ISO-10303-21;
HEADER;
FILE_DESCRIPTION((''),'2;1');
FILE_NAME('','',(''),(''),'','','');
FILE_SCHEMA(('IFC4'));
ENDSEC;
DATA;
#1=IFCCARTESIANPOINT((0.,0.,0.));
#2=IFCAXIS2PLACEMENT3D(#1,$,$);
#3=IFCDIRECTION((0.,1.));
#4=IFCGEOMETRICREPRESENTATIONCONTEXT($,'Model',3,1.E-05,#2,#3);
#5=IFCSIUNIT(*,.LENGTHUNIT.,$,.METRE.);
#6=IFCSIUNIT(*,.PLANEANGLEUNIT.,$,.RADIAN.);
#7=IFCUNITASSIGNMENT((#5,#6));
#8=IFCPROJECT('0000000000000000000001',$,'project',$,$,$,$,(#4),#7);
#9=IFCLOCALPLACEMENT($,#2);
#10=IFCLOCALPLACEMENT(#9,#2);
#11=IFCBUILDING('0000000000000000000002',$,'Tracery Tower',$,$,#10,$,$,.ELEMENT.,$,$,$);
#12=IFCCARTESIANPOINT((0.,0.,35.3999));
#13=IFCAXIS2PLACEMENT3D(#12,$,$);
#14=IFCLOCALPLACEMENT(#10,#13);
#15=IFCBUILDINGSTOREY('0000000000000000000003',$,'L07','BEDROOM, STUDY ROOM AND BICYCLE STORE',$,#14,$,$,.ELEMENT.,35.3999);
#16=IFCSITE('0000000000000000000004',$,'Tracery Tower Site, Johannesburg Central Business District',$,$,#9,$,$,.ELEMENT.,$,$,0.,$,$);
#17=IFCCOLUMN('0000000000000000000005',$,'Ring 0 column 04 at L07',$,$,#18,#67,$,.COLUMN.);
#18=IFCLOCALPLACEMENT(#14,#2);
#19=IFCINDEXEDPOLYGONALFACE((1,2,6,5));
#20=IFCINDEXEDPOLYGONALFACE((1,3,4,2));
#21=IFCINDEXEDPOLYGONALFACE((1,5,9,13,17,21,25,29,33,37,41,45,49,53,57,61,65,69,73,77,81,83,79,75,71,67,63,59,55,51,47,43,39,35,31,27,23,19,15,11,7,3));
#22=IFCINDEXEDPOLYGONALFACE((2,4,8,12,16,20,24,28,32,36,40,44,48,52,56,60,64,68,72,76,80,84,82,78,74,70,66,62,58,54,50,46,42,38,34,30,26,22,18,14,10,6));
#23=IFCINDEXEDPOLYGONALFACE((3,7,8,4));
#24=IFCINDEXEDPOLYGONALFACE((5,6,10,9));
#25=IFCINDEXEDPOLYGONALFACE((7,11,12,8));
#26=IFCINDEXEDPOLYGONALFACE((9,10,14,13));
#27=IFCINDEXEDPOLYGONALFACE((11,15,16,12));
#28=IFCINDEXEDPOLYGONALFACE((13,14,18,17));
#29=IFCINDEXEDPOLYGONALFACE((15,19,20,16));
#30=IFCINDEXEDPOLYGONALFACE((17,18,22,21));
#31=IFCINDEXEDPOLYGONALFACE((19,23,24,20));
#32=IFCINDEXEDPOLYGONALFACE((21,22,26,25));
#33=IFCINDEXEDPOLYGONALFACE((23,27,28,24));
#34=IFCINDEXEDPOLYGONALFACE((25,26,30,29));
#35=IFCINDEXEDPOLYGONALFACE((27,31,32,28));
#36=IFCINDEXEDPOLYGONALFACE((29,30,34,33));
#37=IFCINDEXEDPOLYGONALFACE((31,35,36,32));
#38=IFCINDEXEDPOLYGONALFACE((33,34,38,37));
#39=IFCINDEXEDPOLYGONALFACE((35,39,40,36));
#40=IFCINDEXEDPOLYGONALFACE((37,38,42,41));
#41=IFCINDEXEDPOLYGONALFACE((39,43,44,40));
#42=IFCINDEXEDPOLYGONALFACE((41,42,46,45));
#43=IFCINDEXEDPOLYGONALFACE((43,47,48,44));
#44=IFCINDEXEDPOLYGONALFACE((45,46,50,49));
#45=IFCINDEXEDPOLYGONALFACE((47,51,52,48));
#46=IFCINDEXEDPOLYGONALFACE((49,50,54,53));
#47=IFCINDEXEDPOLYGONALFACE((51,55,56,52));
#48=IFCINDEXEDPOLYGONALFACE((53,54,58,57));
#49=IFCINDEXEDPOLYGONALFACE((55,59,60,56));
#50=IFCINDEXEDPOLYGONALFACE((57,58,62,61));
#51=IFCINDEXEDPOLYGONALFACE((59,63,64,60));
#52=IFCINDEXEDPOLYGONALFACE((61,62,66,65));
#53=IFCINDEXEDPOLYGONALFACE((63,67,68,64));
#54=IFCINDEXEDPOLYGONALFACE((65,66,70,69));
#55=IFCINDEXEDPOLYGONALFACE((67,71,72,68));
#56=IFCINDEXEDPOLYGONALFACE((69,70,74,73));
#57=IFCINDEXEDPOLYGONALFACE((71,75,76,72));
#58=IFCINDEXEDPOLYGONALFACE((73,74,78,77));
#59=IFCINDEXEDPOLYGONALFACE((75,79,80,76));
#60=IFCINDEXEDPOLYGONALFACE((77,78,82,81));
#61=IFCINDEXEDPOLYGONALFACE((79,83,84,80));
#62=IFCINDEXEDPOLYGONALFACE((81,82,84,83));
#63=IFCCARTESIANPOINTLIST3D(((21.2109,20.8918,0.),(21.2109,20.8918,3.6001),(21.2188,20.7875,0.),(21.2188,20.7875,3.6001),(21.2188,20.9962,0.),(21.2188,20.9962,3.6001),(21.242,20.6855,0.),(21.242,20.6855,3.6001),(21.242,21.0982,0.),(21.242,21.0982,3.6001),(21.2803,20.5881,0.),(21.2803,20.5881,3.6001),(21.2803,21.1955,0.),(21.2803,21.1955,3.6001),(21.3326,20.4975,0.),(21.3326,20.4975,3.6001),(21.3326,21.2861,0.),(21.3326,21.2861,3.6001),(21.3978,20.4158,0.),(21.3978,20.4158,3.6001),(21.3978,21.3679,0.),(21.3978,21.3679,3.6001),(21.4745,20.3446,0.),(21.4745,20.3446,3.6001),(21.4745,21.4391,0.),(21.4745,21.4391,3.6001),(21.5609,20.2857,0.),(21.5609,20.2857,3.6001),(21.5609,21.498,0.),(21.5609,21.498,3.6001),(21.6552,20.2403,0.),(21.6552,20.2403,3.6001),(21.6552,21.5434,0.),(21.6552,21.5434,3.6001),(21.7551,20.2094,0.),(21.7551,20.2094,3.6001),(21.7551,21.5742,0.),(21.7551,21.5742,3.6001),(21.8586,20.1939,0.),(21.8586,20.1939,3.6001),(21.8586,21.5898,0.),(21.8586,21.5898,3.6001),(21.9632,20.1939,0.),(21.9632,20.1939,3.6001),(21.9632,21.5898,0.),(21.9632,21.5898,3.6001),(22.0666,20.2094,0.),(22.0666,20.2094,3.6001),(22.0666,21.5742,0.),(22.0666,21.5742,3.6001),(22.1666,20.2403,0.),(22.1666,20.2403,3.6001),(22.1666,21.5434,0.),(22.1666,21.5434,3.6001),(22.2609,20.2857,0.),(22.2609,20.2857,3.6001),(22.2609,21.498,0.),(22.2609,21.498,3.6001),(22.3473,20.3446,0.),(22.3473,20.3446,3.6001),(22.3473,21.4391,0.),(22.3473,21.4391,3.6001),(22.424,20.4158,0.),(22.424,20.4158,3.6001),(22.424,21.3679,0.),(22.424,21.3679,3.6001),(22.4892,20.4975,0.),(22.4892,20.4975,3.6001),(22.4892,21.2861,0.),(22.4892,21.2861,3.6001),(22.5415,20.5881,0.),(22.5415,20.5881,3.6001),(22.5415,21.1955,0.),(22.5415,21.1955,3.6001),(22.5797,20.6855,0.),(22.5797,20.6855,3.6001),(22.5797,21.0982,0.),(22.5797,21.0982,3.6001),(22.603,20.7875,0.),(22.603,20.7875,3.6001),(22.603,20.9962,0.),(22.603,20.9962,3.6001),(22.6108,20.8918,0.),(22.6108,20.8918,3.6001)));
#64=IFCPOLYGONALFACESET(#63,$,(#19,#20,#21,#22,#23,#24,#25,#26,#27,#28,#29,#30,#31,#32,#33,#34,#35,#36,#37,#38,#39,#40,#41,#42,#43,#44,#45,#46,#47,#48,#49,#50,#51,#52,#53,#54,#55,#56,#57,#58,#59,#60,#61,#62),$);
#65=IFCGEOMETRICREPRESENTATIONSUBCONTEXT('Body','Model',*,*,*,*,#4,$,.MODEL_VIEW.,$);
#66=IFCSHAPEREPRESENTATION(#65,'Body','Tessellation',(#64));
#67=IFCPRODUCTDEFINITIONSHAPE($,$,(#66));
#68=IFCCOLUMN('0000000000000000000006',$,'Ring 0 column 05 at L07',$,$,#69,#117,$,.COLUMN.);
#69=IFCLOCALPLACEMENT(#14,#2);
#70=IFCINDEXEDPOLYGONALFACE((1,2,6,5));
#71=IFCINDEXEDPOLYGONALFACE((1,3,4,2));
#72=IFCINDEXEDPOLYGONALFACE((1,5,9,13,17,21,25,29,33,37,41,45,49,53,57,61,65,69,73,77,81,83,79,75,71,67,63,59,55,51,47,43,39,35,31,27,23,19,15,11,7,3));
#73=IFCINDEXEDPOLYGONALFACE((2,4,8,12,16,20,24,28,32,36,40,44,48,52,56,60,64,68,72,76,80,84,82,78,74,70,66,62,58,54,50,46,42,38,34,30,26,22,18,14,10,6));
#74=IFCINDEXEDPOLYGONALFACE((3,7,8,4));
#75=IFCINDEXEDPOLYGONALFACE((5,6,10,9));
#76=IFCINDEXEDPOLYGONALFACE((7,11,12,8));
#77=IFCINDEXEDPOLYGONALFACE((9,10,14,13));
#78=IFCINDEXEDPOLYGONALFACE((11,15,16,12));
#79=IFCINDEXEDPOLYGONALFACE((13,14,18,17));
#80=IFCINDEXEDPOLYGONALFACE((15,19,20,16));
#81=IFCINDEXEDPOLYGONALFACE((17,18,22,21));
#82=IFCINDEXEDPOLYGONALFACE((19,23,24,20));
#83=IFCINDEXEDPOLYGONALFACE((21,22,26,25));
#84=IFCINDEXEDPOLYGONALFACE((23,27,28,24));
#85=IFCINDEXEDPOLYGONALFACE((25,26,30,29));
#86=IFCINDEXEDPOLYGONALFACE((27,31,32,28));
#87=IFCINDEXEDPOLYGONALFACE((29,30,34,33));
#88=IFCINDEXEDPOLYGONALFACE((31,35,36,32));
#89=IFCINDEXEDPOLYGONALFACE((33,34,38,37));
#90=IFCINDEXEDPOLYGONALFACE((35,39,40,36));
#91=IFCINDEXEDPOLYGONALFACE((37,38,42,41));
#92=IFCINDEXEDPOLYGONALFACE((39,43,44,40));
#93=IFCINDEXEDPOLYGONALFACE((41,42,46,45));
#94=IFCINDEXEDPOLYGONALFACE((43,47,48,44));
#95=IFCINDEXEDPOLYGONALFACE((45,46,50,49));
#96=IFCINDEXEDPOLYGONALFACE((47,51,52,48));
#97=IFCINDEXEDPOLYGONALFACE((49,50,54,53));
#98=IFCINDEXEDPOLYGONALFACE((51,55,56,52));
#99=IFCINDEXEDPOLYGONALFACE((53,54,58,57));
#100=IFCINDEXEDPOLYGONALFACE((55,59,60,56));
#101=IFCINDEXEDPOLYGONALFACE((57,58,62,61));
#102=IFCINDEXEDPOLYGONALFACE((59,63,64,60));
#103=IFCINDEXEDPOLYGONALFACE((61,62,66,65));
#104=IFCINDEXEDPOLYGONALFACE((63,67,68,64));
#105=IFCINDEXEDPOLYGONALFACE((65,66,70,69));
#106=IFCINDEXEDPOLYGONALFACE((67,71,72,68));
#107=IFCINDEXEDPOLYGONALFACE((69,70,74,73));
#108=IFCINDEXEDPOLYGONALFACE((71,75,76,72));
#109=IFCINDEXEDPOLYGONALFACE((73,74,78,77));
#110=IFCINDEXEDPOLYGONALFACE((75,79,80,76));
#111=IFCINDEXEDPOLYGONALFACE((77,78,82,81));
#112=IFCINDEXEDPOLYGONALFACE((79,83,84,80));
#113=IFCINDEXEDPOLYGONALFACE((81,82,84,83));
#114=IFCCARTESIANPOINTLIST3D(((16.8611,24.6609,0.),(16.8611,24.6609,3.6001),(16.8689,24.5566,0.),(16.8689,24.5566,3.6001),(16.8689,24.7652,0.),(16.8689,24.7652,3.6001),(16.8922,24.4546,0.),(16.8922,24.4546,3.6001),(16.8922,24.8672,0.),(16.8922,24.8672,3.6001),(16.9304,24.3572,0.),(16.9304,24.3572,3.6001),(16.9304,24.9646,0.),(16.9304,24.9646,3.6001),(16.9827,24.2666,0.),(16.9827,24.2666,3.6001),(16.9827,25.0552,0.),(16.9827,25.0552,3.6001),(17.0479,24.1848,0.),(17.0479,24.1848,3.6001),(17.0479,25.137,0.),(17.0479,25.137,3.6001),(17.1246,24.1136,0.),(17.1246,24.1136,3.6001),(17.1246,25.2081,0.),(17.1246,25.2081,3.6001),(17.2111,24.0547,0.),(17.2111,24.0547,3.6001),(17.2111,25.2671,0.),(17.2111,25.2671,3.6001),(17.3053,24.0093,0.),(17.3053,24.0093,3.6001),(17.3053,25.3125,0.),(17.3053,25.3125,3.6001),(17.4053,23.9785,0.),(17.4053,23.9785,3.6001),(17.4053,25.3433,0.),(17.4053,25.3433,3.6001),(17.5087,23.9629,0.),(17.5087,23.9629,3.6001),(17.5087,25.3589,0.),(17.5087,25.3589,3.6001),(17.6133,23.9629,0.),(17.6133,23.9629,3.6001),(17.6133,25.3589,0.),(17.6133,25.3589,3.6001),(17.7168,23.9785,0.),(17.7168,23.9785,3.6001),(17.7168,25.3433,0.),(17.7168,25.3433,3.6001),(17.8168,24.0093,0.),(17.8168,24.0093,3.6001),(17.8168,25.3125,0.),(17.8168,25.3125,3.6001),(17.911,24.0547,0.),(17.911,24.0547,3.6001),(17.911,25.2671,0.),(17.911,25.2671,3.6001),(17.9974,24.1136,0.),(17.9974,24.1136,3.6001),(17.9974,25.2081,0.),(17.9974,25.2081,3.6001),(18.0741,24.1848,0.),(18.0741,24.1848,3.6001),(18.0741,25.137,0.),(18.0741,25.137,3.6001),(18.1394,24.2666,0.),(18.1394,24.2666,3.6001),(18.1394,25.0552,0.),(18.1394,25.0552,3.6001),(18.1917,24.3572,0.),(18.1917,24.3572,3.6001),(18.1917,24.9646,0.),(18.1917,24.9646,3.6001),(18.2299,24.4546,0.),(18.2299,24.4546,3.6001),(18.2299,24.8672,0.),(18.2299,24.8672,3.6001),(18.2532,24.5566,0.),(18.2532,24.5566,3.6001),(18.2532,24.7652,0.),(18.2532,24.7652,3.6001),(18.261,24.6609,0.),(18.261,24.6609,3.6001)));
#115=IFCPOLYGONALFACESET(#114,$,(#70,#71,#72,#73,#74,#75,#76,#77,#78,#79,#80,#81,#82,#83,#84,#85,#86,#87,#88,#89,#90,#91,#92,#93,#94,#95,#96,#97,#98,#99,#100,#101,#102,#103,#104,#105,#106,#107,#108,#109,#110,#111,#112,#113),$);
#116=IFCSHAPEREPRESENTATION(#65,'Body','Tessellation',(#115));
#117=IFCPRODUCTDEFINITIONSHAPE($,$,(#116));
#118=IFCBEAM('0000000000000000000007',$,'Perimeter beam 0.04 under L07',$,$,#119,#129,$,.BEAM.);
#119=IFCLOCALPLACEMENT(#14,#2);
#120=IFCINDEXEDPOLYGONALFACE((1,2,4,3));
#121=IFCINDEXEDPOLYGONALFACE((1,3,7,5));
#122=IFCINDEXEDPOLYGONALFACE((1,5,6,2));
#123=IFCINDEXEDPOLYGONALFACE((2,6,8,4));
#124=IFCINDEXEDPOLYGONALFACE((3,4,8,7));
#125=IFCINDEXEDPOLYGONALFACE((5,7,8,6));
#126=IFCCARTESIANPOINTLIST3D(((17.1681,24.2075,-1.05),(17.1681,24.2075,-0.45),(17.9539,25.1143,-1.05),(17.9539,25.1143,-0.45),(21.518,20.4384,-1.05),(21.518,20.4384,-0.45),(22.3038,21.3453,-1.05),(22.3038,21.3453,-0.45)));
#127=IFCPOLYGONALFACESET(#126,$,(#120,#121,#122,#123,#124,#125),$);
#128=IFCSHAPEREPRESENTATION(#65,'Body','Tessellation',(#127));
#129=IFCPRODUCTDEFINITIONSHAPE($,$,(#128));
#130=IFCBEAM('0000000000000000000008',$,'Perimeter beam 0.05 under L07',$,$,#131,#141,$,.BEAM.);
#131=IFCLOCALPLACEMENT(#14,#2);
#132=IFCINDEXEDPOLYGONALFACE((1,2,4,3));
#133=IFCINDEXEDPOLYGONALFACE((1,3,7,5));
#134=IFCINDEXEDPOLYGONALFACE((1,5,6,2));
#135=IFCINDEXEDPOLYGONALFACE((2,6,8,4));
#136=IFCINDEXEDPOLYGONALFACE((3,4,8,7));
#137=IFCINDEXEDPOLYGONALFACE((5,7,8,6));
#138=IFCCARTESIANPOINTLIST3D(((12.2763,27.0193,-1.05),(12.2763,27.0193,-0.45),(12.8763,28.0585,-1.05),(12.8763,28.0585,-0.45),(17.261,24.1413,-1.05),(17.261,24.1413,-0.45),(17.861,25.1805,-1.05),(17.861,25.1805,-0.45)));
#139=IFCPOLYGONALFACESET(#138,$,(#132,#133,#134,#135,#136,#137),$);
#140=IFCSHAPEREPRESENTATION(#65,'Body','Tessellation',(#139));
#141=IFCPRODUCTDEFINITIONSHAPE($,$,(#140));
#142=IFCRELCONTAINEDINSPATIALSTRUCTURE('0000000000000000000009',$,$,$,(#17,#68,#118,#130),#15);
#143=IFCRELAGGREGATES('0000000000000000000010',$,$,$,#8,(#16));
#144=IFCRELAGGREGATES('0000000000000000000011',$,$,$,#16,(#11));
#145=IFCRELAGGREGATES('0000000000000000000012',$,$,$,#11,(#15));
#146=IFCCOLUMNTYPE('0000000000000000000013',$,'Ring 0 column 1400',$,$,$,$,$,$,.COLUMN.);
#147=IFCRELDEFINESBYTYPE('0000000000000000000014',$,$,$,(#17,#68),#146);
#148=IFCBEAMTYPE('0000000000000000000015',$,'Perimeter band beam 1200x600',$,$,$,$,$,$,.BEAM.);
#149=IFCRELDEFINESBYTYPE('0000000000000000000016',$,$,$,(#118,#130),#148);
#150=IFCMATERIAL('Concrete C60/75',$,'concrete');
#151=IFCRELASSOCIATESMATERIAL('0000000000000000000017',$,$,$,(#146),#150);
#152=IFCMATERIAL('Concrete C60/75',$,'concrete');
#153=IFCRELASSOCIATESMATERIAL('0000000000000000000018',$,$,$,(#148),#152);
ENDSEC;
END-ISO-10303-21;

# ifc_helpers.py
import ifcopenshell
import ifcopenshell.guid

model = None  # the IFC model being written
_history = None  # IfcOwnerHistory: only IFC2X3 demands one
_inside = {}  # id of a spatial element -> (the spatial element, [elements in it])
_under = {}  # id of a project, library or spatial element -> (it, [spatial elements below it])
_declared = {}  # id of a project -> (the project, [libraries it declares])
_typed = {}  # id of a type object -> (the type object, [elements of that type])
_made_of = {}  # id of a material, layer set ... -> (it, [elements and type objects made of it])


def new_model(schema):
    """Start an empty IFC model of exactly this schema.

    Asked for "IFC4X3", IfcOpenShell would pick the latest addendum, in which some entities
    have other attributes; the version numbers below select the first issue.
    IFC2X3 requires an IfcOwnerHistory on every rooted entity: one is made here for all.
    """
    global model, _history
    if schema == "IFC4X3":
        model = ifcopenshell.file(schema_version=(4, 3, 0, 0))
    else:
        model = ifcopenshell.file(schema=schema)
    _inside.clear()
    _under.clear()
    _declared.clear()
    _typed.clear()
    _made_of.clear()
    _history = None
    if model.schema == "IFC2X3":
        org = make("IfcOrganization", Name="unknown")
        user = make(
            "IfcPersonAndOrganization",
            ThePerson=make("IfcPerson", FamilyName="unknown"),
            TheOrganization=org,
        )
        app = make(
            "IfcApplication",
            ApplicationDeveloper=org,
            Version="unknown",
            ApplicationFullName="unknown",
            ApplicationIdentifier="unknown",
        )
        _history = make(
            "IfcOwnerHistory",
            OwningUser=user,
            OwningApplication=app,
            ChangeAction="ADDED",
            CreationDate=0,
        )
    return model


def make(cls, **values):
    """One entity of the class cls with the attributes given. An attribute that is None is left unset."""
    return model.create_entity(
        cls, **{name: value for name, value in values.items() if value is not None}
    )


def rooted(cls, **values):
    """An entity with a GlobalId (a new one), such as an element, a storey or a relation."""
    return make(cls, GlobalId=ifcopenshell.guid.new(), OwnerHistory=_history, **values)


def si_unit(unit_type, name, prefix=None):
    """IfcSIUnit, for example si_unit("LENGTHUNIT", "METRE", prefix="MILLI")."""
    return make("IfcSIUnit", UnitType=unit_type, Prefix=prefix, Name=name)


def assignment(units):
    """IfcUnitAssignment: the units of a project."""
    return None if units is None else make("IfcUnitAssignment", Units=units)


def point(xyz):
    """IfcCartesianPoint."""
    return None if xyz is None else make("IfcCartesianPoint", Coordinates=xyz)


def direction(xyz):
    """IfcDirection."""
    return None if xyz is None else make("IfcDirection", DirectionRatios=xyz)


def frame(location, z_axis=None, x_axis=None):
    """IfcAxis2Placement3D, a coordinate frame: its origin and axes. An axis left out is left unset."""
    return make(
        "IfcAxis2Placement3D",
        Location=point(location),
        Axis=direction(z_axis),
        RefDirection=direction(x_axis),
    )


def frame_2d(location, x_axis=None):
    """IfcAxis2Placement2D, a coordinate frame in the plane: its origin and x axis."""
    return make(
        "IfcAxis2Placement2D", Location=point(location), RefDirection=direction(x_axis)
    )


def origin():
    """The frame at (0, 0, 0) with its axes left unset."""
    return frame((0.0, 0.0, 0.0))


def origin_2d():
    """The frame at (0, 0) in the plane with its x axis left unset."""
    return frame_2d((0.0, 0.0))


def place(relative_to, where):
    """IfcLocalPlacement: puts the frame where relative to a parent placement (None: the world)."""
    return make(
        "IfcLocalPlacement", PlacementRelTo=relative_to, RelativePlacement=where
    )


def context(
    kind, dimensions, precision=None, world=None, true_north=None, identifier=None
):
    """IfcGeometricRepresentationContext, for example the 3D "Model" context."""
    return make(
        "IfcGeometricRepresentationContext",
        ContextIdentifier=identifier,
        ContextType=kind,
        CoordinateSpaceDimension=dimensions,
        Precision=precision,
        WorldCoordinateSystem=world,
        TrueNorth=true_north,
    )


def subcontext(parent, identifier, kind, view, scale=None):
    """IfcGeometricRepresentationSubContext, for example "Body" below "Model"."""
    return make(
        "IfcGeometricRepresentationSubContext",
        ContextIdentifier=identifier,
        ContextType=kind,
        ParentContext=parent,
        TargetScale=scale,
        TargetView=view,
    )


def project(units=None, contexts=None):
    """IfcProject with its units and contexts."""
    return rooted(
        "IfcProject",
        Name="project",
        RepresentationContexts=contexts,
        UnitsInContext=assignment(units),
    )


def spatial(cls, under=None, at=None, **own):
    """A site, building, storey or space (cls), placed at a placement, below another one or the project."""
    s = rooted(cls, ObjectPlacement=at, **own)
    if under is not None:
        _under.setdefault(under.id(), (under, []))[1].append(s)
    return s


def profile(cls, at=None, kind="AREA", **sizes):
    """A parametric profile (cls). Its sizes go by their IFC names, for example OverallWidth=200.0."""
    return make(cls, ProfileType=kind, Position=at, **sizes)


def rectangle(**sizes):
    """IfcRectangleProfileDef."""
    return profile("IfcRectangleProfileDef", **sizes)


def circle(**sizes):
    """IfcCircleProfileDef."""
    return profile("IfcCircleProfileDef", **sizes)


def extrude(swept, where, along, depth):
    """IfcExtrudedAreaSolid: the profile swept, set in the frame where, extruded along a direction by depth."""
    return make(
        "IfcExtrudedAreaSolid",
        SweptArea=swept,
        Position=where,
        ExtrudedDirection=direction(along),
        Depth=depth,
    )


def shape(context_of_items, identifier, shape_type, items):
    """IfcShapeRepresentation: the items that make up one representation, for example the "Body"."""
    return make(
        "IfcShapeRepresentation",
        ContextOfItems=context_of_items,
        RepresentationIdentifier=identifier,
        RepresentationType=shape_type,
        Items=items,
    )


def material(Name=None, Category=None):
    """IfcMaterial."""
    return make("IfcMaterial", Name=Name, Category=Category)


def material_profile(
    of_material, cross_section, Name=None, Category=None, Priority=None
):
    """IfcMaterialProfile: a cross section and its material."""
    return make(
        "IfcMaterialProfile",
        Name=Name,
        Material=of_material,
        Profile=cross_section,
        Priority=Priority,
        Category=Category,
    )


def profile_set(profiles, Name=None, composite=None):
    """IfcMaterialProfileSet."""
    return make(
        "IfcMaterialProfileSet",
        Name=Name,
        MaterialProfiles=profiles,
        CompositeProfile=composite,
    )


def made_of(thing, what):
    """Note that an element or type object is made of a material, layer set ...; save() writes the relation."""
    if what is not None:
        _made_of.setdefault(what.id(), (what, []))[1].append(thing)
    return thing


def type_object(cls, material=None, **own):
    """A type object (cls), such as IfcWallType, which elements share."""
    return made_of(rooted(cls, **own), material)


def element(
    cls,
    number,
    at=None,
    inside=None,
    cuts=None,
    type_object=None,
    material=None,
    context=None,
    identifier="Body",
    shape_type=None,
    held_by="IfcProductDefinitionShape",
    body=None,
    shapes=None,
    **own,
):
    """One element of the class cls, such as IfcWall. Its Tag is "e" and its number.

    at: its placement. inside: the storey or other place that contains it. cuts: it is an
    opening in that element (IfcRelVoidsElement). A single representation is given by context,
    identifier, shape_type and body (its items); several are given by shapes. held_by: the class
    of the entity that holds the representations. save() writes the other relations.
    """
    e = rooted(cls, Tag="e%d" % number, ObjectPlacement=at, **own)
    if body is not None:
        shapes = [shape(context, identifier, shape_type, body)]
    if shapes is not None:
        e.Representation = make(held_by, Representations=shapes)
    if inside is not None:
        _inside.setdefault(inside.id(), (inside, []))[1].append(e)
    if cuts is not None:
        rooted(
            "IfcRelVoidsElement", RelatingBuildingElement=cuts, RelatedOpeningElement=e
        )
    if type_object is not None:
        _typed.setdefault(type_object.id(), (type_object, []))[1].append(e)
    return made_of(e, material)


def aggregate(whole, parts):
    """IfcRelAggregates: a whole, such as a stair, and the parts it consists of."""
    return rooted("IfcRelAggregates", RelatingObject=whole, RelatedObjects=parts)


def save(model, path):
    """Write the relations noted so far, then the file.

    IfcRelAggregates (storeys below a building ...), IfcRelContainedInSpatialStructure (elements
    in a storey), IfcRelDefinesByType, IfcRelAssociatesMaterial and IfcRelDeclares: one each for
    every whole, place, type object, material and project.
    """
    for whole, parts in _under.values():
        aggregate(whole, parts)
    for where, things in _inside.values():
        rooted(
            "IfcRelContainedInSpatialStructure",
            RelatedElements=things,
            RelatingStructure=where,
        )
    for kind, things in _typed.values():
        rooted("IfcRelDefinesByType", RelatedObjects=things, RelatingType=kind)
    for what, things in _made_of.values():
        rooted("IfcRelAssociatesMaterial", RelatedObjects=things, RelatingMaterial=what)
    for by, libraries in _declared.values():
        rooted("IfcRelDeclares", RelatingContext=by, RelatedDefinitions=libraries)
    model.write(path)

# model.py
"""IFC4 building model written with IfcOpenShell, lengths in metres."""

from ifc_helpers import new_model, si_unit, direction, frame, origin, origin_2d, place, context, subcontext, project, spatial, rectangle, circle, extrude, material, material_profile, profile_set, type_object, element, save


model = new_model("IFC4")

# Units and contexts
model_context = context("Model", 3, precision=1e-05, world=origin(), true_north=direction((0.0, 1.0)))
body_context = subcontext(model_context, "Body", "Model", "MODEL_VIEW")
ifc_project = project(units=[si_unit("LENGTHUNIT", "METRE"), si_unit("PLANEANGLEUNIT", "RADIAN")], contexts=[model_context])

# Site, building, storey
site_placement = place(None, origin())
site = spatial("IfcSite", under=ifc_project, at=site_placement, Name="Tracery Tower Site, Johannesburg Central Business District", CompositionType="ELEMENT", RefElevation=0.0)
building_placement = place(site_placement, origin())
building = spatial("IfcBuilding", under=site, at=building_placement, Name="Tracery Tower", CompositionType="ELEMENT")
storey_placement = place(building_placement, frame((0.0, 0.0, 35.3999)))
storey = spatial("IfcBuildingStorey", under=building, at=storey_placement, Name="L07", Description="BEDROOM, STUDY ROOM AND BICYCLE STORE", CompositionType="ELEMENT", Elevation=35.3999)

# Columns
ifc_material_1 = material(Name="Concrete C60/75", Category="concrete")
ifc_material_profile_1 = material_profile(ifc_material_1, circle(Radius=0.7, at=origin_2d()), Name="RC D1400")
ifc_profile_set_1 = profile_set([ifc_material_profile_1], Name="Concrete C60/75")
column_type = type_object("IfcColumnType", Name="Ring 0 column 1400", PredefinedType="COLUMN", material=ifc_profile_set_1)
for number, where, z_axis, x_axis, name in (
    (1, (21.9109, 20.8918, 0.0), (0.0, 0.0, 1.0), (1.0, 0.0, 0.0), "Ring 0 column 04 at L07"),
    (2, (17.561, 24.6609, 0.0), (0.0, 0.0, 1.0), (1.0, 0.0, 0.0), "Ring 0 column 05 at L07"),
):
    element("IfcColumn", number, at=place(storey_placement, frame(where, z_axis=z_axis, x_axis=x_axis)), inside=storey, type_object=column_type, Name=name, PredefinedType="COLUMN", context=body_context, shape_type="SweptSolid", body=[
        extrude(circle(Radius=0.7, at=origin_2d()), origin(), (0.0, 0.0, 1.0), 3.6001),
    ])

# Beams
ifc_material_2 = material(Name="Concrete C60/75", Category="concrete")
ifc_material_profile_2 = material_profile(ifc_material_2, rectangle(XDim=1.2, YDim=0.6001, at=origin_2d()), Name="RC 1200x600")
ifc_profile_set_2 = profile_set([ifc_material_profile_2], Name="Concrete C60/75")
beam_type = type_object("IfcBeamType", Name="Perimeter band beam 1200x600", PredefinedType="BEAM", material=ifc_profile_set_2)
beam_1_placement = place(storey_placement, frame((21.9109, 20.8918, -0.75), z_axis=(-0.75576, 0.654848, 0.0), x_axis=(-0.654848, -0.75576, 0.0)))
element("IfcBeam", 3, at=beam_1_placement, inside=storey, type_object=beam_type, Name="Perimeter beam 0.04 under L07", PredefinedType="BEAM", context=body_context, shape_type="SweptSolid", body=[
    extrude(rectangle(XDim=1.2, YDim=0.6001, at=origin_2d()), origin(), (0.0, 0.0, 1.0), 5.7556),
])
beam_2_placement = place(storey_placement, frame((17.561, 24.6609, -0.75), z_axis=(-0.866021, 0.500008, 0.0), x_axis=(-0.500008, -0.866021, 0.0)))
element("IfcBeam", 4, at=beam_2_placement, inside=storey, type_object=beam_type, Name="Perimeter beam 0.05 under L07", PredefinedType="BEAM", context=body_context, shape_type="SweptSolid", body=[
    extrude(rectangle(XDim=1.2, YDim=0.6001, at=origin_2d()), origin(), (0.0, 0.0, 1.0), 5.7559),
])

save(model, "model.ifc")
